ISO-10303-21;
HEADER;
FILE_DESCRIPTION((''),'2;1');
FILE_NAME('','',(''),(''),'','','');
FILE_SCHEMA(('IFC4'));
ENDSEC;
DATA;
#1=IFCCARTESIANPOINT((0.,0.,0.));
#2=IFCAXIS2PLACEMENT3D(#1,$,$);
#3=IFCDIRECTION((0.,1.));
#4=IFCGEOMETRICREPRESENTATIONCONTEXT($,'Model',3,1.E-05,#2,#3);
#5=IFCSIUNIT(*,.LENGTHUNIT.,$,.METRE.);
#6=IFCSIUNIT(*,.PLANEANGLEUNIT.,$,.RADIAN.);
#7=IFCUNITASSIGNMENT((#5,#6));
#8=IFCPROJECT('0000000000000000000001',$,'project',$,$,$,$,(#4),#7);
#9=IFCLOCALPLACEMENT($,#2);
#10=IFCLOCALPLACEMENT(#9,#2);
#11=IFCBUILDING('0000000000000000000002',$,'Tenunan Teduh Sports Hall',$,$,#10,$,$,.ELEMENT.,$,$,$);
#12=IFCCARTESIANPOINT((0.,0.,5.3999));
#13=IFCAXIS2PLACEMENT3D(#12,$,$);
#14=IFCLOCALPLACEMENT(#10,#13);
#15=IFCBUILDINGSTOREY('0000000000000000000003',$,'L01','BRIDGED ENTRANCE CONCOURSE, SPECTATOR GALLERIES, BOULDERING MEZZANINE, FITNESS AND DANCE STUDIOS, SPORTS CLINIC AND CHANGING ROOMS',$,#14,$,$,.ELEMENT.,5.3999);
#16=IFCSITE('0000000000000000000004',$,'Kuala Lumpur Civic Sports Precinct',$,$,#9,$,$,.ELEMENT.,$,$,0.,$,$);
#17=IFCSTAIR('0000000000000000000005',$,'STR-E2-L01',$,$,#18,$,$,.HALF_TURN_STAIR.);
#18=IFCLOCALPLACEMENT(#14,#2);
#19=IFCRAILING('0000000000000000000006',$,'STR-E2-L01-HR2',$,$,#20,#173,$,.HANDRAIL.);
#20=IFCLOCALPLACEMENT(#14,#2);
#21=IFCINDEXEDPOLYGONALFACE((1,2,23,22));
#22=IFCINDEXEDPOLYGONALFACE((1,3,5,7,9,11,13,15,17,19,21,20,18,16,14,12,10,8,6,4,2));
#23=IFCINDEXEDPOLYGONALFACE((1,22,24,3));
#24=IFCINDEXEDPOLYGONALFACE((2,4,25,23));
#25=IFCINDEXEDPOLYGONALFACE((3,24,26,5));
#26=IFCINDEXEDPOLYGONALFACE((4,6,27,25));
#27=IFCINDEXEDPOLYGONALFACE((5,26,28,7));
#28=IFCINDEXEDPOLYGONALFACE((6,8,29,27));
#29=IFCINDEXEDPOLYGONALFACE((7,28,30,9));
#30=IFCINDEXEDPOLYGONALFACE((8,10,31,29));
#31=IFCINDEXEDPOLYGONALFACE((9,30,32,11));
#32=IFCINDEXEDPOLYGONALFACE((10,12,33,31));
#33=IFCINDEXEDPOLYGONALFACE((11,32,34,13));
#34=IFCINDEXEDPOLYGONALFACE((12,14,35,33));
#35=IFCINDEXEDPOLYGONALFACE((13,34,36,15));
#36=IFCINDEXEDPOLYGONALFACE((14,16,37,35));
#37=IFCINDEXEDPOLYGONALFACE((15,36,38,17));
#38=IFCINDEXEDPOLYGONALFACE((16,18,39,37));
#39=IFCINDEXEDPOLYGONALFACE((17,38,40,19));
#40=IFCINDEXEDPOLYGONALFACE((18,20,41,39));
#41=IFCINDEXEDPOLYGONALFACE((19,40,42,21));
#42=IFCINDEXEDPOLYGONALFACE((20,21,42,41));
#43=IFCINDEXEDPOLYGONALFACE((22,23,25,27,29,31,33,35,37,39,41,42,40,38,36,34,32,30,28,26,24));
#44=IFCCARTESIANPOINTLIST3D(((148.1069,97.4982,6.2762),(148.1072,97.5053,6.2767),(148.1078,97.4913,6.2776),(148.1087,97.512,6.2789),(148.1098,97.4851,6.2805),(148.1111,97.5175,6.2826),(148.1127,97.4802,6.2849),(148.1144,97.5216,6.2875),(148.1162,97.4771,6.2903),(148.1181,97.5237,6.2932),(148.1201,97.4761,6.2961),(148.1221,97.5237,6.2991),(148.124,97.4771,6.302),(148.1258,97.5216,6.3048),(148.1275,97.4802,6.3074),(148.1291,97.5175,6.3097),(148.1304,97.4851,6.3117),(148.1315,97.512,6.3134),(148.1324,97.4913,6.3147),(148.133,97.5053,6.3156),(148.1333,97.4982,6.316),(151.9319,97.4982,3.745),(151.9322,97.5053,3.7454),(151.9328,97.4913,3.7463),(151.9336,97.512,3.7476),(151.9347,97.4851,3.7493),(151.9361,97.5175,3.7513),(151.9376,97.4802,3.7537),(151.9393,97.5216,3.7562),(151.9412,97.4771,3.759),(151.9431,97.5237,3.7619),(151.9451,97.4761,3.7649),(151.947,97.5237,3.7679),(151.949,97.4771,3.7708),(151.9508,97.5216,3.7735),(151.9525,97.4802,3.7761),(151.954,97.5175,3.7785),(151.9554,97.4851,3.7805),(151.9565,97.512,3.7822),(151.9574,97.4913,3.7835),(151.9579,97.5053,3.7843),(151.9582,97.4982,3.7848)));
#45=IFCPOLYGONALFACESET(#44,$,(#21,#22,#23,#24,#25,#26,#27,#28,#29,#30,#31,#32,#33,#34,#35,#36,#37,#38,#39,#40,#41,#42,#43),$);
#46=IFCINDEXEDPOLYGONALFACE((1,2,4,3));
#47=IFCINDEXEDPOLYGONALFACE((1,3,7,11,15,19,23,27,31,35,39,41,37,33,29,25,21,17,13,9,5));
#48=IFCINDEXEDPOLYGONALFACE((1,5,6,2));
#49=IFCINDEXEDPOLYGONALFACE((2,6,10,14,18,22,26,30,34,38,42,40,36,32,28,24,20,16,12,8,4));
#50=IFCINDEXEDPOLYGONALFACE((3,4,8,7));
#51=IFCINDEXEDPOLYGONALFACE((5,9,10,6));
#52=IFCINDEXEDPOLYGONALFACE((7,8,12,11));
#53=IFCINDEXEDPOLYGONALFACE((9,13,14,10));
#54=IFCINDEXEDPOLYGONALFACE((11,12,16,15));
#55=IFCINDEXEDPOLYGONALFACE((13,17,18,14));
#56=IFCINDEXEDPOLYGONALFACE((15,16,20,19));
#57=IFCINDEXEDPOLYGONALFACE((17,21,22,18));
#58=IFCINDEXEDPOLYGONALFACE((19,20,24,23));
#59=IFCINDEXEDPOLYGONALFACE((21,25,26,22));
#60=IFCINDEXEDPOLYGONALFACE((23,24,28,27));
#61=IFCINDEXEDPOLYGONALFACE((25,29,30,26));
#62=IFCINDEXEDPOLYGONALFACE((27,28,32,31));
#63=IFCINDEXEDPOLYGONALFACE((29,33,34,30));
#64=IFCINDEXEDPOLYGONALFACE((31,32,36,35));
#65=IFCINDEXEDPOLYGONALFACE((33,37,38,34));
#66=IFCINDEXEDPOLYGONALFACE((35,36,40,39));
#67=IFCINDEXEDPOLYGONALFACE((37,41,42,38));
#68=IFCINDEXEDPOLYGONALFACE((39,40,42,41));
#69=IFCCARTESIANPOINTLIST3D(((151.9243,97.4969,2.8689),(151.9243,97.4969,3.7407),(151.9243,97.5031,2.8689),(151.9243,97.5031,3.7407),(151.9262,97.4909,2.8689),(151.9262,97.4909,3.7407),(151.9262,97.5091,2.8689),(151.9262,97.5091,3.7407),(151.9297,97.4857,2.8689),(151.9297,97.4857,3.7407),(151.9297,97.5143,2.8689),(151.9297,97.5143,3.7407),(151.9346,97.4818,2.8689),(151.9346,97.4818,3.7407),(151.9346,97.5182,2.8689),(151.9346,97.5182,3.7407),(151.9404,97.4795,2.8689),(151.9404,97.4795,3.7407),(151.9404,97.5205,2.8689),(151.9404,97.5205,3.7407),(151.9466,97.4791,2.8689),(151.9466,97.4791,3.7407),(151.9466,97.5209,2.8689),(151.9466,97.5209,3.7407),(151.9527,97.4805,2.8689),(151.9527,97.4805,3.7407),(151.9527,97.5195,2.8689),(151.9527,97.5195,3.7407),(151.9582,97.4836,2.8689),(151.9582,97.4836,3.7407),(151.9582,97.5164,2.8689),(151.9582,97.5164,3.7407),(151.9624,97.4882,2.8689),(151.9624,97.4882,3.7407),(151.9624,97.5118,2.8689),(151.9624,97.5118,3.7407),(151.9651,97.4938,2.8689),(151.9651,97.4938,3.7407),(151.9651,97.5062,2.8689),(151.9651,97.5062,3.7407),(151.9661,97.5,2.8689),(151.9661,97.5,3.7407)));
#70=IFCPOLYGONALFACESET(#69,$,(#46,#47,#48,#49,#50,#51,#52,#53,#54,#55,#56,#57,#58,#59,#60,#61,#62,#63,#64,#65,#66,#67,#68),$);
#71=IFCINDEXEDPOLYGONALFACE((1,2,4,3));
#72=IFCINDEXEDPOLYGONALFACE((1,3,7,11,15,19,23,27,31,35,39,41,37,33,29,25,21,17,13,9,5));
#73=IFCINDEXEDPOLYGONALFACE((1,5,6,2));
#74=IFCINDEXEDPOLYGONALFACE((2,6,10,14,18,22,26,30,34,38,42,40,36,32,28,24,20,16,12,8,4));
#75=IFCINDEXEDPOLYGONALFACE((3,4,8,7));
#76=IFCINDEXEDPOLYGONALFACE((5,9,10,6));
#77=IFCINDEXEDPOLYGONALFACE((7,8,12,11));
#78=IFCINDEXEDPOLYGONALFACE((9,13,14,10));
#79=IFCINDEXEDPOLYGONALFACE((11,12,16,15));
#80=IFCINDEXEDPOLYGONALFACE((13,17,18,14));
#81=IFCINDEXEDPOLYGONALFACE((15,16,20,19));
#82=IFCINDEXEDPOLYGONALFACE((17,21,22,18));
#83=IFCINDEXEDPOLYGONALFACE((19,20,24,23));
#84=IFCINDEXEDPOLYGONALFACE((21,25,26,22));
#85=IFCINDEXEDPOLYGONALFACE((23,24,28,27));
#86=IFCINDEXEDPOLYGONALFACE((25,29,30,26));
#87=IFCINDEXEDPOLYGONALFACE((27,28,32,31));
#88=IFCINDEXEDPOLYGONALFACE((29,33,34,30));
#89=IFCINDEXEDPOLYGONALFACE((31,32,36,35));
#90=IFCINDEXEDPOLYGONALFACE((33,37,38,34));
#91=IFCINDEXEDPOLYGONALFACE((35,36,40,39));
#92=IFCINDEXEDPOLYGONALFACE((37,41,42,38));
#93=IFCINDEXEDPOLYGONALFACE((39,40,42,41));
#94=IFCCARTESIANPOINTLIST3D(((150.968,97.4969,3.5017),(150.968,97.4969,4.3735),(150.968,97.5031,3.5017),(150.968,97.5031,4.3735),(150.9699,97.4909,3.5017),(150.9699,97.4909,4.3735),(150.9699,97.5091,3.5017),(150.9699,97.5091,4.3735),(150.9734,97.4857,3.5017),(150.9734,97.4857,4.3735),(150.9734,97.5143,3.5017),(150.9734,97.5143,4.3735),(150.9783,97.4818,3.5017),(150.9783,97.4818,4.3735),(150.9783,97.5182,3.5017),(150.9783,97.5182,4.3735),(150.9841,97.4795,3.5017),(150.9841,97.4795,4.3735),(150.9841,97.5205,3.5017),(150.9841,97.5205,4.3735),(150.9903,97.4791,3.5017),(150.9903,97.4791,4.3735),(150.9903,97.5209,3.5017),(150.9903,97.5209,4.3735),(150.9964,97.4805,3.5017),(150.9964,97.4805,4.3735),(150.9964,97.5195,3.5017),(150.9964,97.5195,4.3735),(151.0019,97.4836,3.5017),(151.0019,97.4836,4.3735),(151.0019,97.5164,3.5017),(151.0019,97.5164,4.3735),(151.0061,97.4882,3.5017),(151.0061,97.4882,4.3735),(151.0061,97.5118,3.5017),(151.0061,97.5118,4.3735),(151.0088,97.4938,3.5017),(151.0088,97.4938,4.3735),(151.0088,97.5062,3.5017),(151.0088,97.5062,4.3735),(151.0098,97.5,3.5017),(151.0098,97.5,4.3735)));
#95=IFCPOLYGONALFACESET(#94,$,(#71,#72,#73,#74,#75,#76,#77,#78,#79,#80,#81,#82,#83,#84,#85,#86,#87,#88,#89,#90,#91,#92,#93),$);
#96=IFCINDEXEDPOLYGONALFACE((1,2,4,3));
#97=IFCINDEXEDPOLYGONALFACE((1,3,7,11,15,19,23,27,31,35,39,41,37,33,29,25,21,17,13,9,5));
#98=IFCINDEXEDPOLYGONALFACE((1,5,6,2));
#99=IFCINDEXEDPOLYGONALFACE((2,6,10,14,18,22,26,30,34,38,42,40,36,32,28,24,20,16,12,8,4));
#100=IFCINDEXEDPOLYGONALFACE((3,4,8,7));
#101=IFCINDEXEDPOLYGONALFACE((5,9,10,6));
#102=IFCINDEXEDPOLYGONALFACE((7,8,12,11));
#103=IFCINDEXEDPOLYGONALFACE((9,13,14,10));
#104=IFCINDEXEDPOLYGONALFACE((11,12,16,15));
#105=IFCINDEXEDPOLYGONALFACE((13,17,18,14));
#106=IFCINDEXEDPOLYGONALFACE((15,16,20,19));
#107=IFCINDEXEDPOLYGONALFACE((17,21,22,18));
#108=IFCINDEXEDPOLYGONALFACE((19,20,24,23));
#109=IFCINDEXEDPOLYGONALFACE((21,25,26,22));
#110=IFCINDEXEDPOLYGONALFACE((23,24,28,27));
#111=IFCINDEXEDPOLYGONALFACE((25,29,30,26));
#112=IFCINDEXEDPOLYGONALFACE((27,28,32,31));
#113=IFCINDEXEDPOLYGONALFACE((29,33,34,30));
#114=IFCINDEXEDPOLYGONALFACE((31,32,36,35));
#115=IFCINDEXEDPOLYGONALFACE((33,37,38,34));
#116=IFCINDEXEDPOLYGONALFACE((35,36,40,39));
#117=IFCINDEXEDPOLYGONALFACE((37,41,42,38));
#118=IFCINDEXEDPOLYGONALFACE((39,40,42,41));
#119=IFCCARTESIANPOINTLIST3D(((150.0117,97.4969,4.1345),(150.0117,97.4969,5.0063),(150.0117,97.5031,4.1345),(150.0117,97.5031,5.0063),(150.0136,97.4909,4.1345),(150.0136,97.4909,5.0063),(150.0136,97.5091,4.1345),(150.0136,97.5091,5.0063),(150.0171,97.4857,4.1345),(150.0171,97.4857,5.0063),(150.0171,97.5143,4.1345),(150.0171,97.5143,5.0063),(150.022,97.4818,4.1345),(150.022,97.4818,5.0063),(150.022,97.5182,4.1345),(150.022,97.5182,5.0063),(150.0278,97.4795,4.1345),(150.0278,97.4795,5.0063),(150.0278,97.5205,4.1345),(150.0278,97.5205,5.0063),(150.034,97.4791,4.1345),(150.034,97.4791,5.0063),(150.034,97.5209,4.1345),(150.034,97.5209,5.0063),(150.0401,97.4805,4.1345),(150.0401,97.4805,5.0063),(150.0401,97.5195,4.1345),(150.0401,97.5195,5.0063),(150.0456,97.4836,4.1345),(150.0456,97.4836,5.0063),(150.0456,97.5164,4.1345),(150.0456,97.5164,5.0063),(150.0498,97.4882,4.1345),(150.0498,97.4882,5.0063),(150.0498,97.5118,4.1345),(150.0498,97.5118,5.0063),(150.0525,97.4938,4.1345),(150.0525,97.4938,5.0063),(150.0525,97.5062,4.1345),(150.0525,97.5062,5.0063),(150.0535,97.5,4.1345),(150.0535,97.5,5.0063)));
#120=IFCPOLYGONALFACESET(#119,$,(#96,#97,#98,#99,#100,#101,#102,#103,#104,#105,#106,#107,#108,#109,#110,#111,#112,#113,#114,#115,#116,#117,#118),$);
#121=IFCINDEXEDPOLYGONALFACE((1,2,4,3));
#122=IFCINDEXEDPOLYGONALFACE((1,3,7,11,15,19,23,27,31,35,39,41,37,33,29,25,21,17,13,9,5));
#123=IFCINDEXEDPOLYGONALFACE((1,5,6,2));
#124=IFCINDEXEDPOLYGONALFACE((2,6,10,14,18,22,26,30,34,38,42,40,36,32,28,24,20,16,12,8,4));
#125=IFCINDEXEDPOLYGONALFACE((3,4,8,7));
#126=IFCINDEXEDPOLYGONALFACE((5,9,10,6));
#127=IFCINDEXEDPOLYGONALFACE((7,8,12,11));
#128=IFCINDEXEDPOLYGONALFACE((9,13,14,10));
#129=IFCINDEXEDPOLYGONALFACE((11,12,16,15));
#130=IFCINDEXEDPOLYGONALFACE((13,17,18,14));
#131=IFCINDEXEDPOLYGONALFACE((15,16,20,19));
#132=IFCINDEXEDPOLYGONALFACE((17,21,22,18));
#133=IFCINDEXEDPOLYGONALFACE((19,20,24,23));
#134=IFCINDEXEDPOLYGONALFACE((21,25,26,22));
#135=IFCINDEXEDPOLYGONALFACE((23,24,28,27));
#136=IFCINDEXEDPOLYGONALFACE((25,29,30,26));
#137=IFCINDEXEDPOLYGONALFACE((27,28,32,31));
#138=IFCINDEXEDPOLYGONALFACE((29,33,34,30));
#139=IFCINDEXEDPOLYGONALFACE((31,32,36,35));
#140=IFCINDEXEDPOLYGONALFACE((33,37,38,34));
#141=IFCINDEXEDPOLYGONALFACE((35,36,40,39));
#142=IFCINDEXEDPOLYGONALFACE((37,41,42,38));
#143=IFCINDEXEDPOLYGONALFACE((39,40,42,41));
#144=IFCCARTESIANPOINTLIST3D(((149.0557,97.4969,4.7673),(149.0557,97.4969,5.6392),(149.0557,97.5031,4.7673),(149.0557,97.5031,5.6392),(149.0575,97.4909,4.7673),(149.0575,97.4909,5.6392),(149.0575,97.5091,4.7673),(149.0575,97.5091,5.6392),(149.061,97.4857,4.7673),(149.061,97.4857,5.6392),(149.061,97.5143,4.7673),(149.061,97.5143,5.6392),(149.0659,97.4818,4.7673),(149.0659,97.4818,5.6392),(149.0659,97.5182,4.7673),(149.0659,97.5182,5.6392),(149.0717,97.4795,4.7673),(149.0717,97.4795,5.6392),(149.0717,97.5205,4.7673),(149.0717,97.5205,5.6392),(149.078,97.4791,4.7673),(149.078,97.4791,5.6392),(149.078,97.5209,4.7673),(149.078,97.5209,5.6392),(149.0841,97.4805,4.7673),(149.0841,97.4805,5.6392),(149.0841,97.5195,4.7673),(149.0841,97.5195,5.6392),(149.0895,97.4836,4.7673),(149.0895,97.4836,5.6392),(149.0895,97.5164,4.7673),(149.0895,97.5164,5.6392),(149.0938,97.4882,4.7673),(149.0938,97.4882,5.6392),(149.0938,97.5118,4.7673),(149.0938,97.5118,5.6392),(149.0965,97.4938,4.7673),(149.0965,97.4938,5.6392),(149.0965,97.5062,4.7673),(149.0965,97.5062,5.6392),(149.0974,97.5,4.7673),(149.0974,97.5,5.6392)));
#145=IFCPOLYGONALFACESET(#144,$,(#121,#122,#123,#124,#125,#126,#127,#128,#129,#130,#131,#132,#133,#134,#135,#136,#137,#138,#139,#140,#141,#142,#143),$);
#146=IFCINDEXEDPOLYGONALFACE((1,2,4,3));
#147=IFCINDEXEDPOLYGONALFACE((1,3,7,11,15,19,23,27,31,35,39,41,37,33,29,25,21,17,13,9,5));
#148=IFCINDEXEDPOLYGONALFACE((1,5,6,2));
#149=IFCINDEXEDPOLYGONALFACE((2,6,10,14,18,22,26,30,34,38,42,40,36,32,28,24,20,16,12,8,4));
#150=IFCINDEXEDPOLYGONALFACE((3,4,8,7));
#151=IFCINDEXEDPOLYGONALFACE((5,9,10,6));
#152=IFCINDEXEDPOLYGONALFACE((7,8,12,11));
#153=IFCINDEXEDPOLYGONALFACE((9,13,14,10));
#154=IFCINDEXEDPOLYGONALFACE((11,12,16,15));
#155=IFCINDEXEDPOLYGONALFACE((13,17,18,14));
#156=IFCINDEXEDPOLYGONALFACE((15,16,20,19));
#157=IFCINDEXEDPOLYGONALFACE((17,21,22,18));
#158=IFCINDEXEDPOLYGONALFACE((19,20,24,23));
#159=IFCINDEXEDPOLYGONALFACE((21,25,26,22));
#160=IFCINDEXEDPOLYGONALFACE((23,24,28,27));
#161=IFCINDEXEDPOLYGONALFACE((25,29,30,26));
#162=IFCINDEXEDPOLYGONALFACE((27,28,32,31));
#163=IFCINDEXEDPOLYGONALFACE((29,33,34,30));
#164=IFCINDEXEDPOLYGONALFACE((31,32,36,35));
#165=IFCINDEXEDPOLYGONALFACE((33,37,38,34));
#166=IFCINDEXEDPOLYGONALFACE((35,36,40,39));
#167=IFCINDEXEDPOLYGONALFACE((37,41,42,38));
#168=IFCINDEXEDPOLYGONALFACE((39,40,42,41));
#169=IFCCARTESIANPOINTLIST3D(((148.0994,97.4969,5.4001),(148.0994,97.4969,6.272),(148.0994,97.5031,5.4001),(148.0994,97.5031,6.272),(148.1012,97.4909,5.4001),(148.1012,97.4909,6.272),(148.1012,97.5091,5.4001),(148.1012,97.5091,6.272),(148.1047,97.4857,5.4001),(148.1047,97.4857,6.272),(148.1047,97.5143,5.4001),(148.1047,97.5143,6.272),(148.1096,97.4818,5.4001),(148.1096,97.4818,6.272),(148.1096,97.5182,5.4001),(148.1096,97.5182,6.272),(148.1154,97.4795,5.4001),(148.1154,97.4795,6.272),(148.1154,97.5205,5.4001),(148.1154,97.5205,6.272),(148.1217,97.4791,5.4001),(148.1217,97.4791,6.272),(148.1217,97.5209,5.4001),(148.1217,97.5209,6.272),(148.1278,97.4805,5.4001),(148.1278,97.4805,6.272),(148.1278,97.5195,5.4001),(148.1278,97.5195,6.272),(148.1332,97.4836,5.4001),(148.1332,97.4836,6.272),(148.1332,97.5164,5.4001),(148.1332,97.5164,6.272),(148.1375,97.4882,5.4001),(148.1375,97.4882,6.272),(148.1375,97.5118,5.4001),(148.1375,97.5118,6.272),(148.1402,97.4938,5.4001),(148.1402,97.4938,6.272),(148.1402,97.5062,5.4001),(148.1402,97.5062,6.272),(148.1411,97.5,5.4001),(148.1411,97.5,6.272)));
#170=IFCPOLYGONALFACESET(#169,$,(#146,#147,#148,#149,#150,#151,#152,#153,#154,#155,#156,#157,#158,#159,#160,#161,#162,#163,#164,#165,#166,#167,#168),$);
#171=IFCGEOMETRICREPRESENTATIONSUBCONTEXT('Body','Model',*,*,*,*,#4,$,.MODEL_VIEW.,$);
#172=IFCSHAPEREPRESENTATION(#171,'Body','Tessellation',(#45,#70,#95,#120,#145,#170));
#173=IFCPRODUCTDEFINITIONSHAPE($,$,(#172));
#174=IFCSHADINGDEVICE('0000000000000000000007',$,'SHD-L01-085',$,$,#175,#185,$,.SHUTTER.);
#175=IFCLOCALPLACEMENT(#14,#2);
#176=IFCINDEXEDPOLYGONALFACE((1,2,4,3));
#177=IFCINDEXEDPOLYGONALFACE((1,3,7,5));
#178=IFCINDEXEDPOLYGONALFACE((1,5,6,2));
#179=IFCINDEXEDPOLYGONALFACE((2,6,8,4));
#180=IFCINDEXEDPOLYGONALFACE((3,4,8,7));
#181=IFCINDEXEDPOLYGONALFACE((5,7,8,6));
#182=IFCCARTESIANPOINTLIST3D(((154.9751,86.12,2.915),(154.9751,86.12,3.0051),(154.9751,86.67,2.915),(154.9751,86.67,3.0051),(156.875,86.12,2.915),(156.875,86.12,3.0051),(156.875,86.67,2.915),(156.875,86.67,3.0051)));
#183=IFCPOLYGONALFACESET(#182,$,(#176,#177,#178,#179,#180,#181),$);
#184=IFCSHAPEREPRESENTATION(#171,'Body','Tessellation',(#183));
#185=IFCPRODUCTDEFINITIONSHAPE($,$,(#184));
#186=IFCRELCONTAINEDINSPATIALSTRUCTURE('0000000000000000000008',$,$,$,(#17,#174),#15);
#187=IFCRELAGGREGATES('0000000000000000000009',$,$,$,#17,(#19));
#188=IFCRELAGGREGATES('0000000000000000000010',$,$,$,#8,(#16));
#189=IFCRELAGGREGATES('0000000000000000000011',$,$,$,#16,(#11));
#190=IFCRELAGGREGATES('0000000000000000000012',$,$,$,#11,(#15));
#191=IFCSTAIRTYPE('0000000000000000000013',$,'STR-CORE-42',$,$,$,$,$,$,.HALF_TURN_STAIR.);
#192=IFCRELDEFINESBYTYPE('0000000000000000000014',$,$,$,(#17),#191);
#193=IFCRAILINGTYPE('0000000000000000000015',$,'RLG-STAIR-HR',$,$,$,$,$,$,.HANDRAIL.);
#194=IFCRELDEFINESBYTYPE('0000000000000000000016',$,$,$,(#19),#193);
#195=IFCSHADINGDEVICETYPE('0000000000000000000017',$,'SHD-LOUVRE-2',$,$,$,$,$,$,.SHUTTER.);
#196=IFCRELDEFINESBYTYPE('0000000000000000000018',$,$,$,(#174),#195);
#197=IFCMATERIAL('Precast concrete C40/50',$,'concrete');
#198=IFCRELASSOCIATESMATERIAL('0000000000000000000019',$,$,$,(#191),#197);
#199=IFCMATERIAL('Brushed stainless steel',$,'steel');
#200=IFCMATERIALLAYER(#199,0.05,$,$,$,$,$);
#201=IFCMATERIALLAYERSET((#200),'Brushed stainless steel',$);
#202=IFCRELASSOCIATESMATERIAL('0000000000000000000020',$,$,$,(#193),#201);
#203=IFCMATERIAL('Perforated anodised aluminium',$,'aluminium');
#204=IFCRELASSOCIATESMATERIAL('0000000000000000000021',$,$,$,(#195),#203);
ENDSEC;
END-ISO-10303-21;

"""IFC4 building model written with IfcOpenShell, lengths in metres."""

from ifc_helpers import new_model, si_unit, direction, frame, origin, origin_2d, place, context, subcontext, project, spatial, rectangle, circle, extrude, material, layer, layer_set, type_object, element, aggregate, save


model = new_model("IFC4")

# Units and contexts
model_context = context("Model", 3, precision=1e-05, world=origin(), true_north=direction((0.0, 1.0)))
body_context = subcontext(model_context, "Body", "Model", "MODEL_VIEW")
ifc_project = project(units=[si_unit("LENGTHUNIT", "METRE"), si_unit("PLANEANGLEUNIT", "RADIAN")], contexts=[model_context])

# Site, building, storey
site_placement = place(None, origin())
site = spatial("IfcSite", under=ifc_project, at=site_placement, Name="Kuala Lumpur Civic Sports Precinct", CompositionType="ELEMENT", RefElevation=0.0)
building_placement = place(site_placement, origin())
building = spatial("IfcBuilding", under=site, at=building_placement, Name="Tenunan Teduh Sports Hall", CompositionType="ELEMENT")
storey_placement = place(building_placement, frame((0.0, 0.0, 5.3999)))
storey = spatial("IfcBuildingStorey", under=building, at=storey_placement, Name="L01", Description="BRIDGED ENTRANCE CONCOURSE, SPECTATOR GALLERIES, BOULDERING MEZZANINE, FITNESS AND DANCE STUDIOS, SPORTS CLINIC AND CHANGING ROOMS", CompositionType="ELEMENT", Elevation=5.3999)

# Stair
ifc_material_1 = material(Name="Precast concrete C40/50", Category="concrete")
stair_type = type_object("IfcStairType", Name="STR-CORE-42", PredefinedType="HALF_TURN_STAIR", material=ifc_material_1)
stair_placement = place(storey_placement, origin())
stair = element("IfcStair", 1, at=stair_placement, inside=storey, type_object=stair_type, Name="STR-E2-L01", PredefinedType="HALF_TURN_STAIR")

# Railing
ifc_material_2 = material(Name="Brushed stainless steel", Category="steel")
ifc_layer_1 = layer(ifc_material_2, 0.05)
ifc_layer_set_1 = layer_set([ifc_layer_1], Name="Brushed stainless steel")
railing_type_1 = type_object("IfcRailingType", Name="RLG-STAIR-HR", PredefinedType="HANDRAIL", material=ifc_layer_set_1)
railing_1_placement = place(storey_placement, frame((151.9451, 97.5, 2.8689)))
railing_1 = element("IfcRailing", 2, at=railing_1_placement, type_object=railing_type_1, Name="STR-E2-L01-HR2", PredefinedType="HANDRAIL", context=body_context, shape_type="SweptSolid", body=[
    extrude(circle(Radius=0.0239, at=origin_2d()), frame((0.0, 0.0, 0.896), z_axis=(-0.833929, 0.0, 0.551872), x_axis=(0.0, -1.0, 0.0)), (0.0, 0.0, 1.0), 4.5867),
    extrude(circle(Radius=0.021, at=origin_2d()), origin(), (0.0, 0.0, 1.0), 0.8718),
    extrude(circle(Radius=0.021, at=origin_2d()), frame((-0.9563, 0.0, 0.6328)), (0.0, 0.0, 1.0), 0.8718),
    extrude(circle(Radius=0.021, at=origin_2d()), frame((-1.9126, 0.0, 1.2656)), (0.0, 0.0, 1.0), 0.8718),
    extrude(circle(Radius=0.021, at=origin_2d()), frame((-2.8687, 0.0, 1.8984)), (0.0, 0.0, 1.0), 0.8718),
    extrude(circle(Radius=0.021, at=origin_2d()), frame((-3.825, 0.0, 2.5312)), (0.0, 0.0, 1.0), 0.8718),
])
aggregate(stair, [railing_1])

# Shading device
ifc_material_3 = material(Name="Perforated anodised aluminium", Category="aluminium")
shading_device_type = type_object("IfcShadingDeviceType", Name="SHD-LOUVRE-2", PredefinedType="SHUTTER", material=ifc_material_3)
shading_device_placement = place(storey_placement, frame((155.925, 86.395, 2.915), z_axis=(0.0, 0.0, 1.0), x_axis=(1.0, 0.0, 0.0)))
element("IfcShadingDevice", 3, at=shading_device_placement, inside=storey, type_object=shading_device_type, Name="SHD-L01-085", PredefinedType="SHUTTER", context=body_context, shape_type="SweptSolid", body=[
    extrude(rectangle(XDim=1.8999, YDim=0.55, at=origin_2d()), origin(), (0.0, 0.0, 1.0), 0.0901),
])

save(model, "model.ifc")
